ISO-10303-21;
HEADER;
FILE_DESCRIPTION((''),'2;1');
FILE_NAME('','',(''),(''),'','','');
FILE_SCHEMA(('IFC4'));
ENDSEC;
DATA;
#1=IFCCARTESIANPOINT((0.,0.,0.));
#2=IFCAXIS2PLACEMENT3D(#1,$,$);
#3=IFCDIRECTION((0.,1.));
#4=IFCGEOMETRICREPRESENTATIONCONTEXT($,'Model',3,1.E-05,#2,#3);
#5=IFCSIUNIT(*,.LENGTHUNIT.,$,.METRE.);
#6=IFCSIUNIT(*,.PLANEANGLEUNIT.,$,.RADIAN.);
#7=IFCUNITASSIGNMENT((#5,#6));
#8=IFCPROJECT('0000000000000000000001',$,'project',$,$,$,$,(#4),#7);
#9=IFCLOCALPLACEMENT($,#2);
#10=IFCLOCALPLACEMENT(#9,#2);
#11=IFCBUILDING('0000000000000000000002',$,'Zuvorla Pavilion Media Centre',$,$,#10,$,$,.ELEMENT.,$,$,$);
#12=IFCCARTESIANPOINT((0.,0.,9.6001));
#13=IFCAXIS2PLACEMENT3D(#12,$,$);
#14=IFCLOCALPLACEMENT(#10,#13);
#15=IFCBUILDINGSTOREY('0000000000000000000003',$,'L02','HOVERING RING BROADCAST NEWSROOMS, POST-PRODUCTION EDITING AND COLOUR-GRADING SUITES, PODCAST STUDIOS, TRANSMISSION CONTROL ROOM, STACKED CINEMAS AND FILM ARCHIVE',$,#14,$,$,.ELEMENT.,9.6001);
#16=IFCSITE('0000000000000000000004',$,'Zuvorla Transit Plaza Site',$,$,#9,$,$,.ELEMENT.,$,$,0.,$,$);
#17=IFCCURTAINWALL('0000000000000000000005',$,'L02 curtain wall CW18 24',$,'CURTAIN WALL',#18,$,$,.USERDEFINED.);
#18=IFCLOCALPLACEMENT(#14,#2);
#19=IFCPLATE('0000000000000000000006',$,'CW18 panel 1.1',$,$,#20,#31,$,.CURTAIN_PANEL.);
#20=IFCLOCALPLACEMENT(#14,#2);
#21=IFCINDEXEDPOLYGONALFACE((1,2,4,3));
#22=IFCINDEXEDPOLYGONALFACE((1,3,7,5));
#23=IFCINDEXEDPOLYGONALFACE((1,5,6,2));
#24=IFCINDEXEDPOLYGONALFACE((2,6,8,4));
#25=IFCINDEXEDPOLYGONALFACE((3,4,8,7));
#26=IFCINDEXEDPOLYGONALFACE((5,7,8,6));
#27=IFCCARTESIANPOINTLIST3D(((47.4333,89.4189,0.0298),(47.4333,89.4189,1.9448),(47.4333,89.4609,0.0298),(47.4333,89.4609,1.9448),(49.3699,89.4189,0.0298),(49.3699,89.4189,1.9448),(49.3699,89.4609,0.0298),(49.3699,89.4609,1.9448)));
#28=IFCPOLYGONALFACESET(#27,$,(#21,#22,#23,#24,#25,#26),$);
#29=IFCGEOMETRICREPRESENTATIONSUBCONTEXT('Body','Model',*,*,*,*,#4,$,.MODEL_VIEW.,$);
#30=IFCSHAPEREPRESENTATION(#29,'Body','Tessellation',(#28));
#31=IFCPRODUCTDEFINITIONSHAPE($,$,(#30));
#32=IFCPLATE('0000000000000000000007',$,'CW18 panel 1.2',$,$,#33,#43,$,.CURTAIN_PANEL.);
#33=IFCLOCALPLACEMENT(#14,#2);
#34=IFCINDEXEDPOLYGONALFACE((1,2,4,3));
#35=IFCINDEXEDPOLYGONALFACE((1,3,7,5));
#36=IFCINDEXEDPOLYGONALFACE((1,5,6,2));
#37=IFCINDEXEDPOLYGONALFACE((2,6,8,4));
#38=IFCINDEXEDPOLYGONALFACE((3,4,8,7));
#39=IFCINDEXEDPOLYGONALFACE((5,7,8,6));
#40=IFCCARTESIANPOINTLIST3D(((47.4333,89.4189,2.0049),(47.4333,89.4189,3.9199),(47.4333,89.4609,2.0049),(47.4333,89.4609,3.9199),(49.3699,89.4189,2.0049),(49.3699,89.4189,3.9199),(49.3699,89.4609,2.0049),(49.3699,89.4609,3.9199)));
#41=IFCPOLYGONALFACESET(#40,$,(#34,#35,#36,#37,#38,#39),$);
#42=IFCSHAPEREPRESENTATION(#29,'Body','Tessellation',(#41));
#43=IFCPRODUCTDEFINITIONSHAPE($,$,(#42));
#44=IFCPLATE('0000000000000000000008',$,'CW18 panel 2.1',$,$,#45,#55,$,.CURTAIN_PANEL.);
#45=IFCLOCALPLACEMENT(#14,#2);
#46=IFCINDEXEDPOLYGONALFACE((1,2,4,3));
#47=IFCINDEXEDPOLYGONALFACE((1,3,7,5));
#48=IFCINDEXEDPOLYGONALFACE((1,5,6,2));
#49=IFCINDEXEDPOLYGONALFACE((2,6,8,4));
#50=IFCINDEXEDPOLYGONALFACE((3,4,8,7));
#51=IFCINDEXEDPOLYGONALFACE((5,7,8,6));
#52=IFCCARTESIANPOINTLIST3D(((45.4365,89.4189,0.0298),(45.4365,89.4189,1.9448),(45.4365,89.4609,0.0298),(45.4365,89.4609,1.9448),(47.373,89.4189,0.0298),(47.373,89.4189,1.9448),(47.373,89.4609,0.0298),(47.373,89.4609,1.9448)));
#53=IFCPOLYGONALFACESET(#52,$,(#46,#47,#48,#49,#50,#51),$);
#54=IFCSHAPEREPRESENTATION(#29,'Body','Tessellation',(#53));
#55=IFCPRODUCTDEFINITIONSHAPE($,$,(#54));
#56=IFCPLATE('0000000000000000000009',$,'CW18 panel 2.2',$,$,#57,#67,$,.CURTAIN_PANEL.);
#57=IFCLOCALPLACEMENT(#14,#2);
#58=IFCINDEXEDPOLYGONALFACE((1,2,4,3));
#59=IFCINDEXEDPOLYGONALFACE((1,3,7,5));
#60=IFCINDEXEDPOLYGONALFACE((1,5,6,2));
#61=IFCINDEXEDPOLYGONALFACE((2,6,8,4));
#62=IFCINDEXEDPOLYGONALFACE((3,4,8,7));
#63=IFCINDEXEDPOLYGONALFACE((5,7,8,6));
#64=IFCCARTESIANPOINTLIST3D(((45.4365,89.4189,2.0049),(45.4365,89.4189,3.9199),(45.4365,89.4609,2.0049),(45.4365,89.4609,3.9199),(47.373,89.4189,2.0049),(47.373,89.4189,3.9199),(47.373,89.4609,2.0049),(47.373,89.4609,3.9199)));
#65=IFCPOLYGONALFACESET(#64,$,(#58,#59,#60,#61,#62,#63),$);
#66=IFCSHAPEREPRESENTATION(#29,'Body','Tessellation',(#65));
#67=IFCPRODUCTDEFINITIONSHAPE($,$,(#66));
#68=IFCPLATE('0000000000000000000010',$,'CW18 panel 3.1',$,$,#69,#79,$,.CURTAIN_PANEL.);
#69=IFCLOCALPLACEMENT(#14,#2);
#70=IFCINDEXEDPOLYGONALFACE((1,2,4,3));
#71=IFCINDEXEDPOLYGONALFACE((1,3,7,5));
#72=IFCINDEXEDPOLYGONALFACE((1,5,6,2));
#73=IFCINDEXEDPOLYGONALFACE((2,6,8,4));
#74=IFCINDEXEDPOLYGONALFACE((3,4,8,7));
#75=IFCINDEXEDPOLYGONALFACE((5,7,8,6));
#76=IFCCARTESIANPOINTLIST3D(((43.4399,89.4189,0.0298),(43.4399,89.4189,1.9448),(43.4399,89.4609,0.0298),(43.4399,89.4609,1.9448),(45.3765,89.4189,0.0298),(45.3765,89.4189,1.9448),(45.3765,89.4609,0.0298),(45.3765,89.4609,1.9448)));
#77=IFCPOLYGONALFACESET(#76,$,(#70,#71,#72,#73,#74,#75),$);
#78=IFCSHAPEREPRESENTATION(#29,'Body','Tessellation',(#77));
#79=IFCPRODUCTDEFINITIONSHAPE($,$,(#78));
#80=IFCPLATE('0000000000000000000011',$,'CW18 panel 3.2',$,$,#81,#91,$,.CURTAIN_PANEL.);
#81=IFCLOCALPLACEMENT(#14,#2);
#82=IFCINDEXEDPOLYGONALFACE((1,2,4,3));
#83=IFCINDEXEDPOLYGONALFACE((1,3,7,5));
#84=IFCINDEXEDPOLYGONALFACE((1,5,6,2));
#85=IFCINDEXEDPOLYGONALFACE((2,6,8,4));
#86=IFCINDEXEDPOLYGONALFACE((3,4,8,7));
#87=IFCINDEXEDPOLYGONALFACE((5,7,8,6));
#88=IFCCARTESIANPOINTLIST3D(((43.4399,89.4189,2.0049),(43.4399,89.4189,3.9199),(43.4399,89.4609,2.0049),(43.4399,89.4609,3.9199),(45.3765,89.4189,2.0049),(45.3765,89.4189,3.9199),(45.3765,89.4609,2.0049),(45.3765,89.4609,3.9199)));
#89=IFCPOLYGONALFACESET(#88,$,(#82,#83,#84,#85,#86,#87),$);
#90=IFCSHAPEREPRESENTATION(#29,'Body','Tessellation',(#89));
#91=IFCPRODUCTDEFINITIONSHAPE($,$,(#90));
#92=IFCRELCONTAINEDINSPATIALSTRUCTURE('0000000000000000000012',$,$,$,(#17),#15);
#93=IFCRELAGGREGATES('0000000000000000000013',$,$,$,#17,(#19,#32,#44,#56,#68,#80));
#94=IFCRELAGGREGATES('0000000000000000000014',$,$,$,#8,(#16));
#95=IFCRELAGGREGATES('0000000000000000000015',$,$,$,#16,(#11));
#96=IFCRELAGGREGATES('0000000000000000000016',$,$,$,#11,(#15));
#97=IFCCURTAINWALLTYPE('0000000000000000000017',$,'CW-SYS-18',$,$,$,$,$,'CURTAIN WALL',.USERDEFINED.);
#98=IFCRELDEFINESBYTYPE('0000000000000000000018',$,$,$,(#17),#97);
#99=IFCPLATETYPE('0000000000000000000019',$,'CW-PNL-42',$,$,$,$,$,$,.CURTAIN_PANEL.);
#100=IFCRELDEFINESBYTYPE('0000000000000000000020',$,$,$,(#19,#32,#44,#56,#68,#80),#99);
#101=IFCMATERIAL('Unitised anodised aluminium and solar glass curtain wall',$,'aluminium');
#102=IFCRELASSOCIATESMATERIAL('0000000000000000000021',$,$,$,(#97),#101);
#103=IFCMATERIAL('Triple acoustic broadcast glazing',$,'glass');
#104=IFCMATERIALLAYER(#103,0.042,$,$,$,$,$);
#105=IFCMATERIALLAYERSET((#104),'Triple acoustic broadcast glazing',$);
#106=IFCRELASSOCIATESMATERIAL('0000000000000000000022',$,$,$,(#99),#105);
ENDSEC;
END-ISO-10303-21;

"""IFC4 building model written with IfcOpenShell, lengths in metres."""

from ifc_helpers import new_model, si_unit, direction, frame, origin, origin_2d, place, context, subcontext, project, spatial, rectangle, extrude, material, layer, layer_set, type_object, element, aggregate, save


model = new_model("IFC4")

# Units and contexts
model_context = context("Model", 3, precision=1e-05, world=origin(), true_north=direction((0.0, 1.0)))
body_context = subcontext(model_context, "Body", "Model", "MODEL_VIEW")
ifc_project = project(units=[si_unit("LENGTHUNIT", "METRE"), si_unit("PLANEANGLEUNIT", "RADIAN")], contexts=[model_context])

# Site, building, storey
site_placement = place(None, origin())
site = spatial("IfcSite", under=ifc_project, at=site_placement, Name="Zuvorla Transit Plaza Site", CompositionType="ELEMENT", RefElevation=0.0)
building_placement = place(site_placement, origin())
building = spatial("IfcBuilding", under=site, at=building_placement, Name="Zuvorla Pavilion Media Centre", CompositionType="ELEMENT")
storey_placement = place(building_placement, frame((0.0, 0.0, 9.6001)))
storey = spatial("IfcBuildingStorey", under=building, at=storey_placement, Name="L02", Description="HOVERING RING BROADCAST NEWSROOMS, POST-PRODUCTION EDITING AND COLOUR-GRADING SUITES, PODCAST STUDIOS, TRANSMISSION CONTROL ROOM, STACKED CINEMAS AND FILM ARCHIVE", CompositionType="ELEMENT", Elevation=9.6001)

# Curtain wall, plates
ifc_material_1 = material(Name="Unitised anodised aluminium and solar glass curtain wall", Category="aluminium")
curtain_wall_type = type_object("IfcCurtainWallType", Name="CW-SYS-18", ElementType="CURTAIN WALL", PredefinedType="USERDEFINED", material=ifc_material_1)
curtain_wall_placement = place(storey_placement, origin())
curtain_wall = element("IfcCurtainWall", 1, at=curtain_wall_placement, inside=storey, type_object=curtain_wall_type, Name="L02 curtain wall CW18 24", ObjectType="CURTAIN WALL", PredefinedType="USERDEFINED")
ifc_material_2 = material(Name="Triple acoustic broadcast glazing", Category="glass")
ifc_layer = layer(ifc_material_2, 0.042)
ifc_layer_set = layer_set([ifc_layer], Name="Triple acoustic broadcast glazing")
plate_type = type_object("IfcPlateType", Name="CW-PNL-42", PredefinedType="CURTAIN_PANEL", material=ifc_layer_set)
plate_1_placement = place(storey_placement, frame((48.4016, 89.4399, 0.0298), z_axis=(0.0, 0.0, 1.0), x_axis=(-1.0, 0.0, 0.0)))
plate_1 = element("IfcPlate", 2, at=plate_1_placement, type_object=plate_type, Name="CW18 panel 1.1", PredefinedType="CURTAIN_PANEL", context=body_context, shape_type="SweptSolid", body=[
    extrude(rectangle(XDim=1.9365, YDim=0.042, at=origin_2d()), origin(), (0.0, 0.0, 1.0), 1.915),
])
plate_2_placement = place(storey_placement, frame((48.4016, 89.4399, 2.0049), z_axis=(0.0, 0.0, 1.0), x_axis=(-1.0, 0.0, 0.0)))
plate_2 = element("IfcPlate", 3, at=plate_2_placement, type_object=plate_type, Name="CW18 panel 1.2", PredefinedType="CURTAIN_PANEL", context=body_context, shape_type="SweptSolid", body=[
    extrude(rectangle(XDim=1.9365, YDim=0.042, at=origin_2d()), origin(), (0.0, 0.0, 1.0), 1.915),
])
plate_3_placement = place(storey_placement, frame((46.4048, 89.4399, 0.0298), z_axis=(0.0, 0.0, 1.0), x_axis=(-1.0, 0.0, 0.0)))
plate_3 = element("IfcPlate", 4, at=plate_3_placement, type_object=plate_type, Name="CW18 panel 2.1", PredefinedType="CURTAIN_PANEL", context=body_context, shape_type="SweptSolid", body=[
    extrude(rectangle(XDim=1.9365, YDim=0.042, at=origin_2d()), origin(), (0.0, 0.0, 1.0), 1.915),
])
plate_4_placement = place(storey_placement, frame((46.4048, 89.4399, 2.0049), z_axis=(0.0, 0.0, 1.0), x_axis=(-1.0, 0.0, 0.0)))
plate_4 = element("IfcPlate", 5, at=plate_4_placement, type_object=plate_type, Name="CW18 panel 2.2", PredefinedType="CURTAIN_PANEL", context=body_context, shape_type="SweptSolid", body=[
    extrude(rectangle(XDim=1.9365, YDim=0.042, at=origin_2d()), origin(), (0.0, 0.0, 1.0), 1.915),
])
plate_5_placement = place(storey_placement, frame((44.4082, 89.4399, 0.0298), z_axis=(0.0, 0.0, 1.0), x_axis=(-1.0, 0.0, 0.0)))
plate_5 = element("IfcPlate", 6, at=plate_5_placement, type_object=plate_type, Name="CW18 panel 3.1", PredefinedType="CURTAIN_PANEL", context=body_context, shape_type="SweptSolid", body=[
    extrude(rectangle(XDim=1.9365, YDim=0.042, at=origin_2d()), origin(), (0.0, 0.0, 1.0), 1.915),
])
plate_6_placement = place(storey_placement, frame((44.4082, 89.4399, 2.0049), z_axis=(0.0, 0.0, 1.0), x_axis=(-1.0, 0.0, 0.0)))
plate_6 = element("IfcPlate", 7, at=plate_6_placement, type_object=plate_type, Name="CW18 panel 3.2", PredefinedType="CURTAIN_PANEL", context=body_context, shape_type="SweptSolid", body=[
    extrude(rectangle(XDim=1.9365, YDim=0.042, at=origin_2d()), origin(), (0.0, 0.0, 1.0), 1.915),
])
aggregate(curtain_wall, [plate_1, plate_2, plate_3, plate_4, plate_5, plate_6])

save(model, "model.ifc")
